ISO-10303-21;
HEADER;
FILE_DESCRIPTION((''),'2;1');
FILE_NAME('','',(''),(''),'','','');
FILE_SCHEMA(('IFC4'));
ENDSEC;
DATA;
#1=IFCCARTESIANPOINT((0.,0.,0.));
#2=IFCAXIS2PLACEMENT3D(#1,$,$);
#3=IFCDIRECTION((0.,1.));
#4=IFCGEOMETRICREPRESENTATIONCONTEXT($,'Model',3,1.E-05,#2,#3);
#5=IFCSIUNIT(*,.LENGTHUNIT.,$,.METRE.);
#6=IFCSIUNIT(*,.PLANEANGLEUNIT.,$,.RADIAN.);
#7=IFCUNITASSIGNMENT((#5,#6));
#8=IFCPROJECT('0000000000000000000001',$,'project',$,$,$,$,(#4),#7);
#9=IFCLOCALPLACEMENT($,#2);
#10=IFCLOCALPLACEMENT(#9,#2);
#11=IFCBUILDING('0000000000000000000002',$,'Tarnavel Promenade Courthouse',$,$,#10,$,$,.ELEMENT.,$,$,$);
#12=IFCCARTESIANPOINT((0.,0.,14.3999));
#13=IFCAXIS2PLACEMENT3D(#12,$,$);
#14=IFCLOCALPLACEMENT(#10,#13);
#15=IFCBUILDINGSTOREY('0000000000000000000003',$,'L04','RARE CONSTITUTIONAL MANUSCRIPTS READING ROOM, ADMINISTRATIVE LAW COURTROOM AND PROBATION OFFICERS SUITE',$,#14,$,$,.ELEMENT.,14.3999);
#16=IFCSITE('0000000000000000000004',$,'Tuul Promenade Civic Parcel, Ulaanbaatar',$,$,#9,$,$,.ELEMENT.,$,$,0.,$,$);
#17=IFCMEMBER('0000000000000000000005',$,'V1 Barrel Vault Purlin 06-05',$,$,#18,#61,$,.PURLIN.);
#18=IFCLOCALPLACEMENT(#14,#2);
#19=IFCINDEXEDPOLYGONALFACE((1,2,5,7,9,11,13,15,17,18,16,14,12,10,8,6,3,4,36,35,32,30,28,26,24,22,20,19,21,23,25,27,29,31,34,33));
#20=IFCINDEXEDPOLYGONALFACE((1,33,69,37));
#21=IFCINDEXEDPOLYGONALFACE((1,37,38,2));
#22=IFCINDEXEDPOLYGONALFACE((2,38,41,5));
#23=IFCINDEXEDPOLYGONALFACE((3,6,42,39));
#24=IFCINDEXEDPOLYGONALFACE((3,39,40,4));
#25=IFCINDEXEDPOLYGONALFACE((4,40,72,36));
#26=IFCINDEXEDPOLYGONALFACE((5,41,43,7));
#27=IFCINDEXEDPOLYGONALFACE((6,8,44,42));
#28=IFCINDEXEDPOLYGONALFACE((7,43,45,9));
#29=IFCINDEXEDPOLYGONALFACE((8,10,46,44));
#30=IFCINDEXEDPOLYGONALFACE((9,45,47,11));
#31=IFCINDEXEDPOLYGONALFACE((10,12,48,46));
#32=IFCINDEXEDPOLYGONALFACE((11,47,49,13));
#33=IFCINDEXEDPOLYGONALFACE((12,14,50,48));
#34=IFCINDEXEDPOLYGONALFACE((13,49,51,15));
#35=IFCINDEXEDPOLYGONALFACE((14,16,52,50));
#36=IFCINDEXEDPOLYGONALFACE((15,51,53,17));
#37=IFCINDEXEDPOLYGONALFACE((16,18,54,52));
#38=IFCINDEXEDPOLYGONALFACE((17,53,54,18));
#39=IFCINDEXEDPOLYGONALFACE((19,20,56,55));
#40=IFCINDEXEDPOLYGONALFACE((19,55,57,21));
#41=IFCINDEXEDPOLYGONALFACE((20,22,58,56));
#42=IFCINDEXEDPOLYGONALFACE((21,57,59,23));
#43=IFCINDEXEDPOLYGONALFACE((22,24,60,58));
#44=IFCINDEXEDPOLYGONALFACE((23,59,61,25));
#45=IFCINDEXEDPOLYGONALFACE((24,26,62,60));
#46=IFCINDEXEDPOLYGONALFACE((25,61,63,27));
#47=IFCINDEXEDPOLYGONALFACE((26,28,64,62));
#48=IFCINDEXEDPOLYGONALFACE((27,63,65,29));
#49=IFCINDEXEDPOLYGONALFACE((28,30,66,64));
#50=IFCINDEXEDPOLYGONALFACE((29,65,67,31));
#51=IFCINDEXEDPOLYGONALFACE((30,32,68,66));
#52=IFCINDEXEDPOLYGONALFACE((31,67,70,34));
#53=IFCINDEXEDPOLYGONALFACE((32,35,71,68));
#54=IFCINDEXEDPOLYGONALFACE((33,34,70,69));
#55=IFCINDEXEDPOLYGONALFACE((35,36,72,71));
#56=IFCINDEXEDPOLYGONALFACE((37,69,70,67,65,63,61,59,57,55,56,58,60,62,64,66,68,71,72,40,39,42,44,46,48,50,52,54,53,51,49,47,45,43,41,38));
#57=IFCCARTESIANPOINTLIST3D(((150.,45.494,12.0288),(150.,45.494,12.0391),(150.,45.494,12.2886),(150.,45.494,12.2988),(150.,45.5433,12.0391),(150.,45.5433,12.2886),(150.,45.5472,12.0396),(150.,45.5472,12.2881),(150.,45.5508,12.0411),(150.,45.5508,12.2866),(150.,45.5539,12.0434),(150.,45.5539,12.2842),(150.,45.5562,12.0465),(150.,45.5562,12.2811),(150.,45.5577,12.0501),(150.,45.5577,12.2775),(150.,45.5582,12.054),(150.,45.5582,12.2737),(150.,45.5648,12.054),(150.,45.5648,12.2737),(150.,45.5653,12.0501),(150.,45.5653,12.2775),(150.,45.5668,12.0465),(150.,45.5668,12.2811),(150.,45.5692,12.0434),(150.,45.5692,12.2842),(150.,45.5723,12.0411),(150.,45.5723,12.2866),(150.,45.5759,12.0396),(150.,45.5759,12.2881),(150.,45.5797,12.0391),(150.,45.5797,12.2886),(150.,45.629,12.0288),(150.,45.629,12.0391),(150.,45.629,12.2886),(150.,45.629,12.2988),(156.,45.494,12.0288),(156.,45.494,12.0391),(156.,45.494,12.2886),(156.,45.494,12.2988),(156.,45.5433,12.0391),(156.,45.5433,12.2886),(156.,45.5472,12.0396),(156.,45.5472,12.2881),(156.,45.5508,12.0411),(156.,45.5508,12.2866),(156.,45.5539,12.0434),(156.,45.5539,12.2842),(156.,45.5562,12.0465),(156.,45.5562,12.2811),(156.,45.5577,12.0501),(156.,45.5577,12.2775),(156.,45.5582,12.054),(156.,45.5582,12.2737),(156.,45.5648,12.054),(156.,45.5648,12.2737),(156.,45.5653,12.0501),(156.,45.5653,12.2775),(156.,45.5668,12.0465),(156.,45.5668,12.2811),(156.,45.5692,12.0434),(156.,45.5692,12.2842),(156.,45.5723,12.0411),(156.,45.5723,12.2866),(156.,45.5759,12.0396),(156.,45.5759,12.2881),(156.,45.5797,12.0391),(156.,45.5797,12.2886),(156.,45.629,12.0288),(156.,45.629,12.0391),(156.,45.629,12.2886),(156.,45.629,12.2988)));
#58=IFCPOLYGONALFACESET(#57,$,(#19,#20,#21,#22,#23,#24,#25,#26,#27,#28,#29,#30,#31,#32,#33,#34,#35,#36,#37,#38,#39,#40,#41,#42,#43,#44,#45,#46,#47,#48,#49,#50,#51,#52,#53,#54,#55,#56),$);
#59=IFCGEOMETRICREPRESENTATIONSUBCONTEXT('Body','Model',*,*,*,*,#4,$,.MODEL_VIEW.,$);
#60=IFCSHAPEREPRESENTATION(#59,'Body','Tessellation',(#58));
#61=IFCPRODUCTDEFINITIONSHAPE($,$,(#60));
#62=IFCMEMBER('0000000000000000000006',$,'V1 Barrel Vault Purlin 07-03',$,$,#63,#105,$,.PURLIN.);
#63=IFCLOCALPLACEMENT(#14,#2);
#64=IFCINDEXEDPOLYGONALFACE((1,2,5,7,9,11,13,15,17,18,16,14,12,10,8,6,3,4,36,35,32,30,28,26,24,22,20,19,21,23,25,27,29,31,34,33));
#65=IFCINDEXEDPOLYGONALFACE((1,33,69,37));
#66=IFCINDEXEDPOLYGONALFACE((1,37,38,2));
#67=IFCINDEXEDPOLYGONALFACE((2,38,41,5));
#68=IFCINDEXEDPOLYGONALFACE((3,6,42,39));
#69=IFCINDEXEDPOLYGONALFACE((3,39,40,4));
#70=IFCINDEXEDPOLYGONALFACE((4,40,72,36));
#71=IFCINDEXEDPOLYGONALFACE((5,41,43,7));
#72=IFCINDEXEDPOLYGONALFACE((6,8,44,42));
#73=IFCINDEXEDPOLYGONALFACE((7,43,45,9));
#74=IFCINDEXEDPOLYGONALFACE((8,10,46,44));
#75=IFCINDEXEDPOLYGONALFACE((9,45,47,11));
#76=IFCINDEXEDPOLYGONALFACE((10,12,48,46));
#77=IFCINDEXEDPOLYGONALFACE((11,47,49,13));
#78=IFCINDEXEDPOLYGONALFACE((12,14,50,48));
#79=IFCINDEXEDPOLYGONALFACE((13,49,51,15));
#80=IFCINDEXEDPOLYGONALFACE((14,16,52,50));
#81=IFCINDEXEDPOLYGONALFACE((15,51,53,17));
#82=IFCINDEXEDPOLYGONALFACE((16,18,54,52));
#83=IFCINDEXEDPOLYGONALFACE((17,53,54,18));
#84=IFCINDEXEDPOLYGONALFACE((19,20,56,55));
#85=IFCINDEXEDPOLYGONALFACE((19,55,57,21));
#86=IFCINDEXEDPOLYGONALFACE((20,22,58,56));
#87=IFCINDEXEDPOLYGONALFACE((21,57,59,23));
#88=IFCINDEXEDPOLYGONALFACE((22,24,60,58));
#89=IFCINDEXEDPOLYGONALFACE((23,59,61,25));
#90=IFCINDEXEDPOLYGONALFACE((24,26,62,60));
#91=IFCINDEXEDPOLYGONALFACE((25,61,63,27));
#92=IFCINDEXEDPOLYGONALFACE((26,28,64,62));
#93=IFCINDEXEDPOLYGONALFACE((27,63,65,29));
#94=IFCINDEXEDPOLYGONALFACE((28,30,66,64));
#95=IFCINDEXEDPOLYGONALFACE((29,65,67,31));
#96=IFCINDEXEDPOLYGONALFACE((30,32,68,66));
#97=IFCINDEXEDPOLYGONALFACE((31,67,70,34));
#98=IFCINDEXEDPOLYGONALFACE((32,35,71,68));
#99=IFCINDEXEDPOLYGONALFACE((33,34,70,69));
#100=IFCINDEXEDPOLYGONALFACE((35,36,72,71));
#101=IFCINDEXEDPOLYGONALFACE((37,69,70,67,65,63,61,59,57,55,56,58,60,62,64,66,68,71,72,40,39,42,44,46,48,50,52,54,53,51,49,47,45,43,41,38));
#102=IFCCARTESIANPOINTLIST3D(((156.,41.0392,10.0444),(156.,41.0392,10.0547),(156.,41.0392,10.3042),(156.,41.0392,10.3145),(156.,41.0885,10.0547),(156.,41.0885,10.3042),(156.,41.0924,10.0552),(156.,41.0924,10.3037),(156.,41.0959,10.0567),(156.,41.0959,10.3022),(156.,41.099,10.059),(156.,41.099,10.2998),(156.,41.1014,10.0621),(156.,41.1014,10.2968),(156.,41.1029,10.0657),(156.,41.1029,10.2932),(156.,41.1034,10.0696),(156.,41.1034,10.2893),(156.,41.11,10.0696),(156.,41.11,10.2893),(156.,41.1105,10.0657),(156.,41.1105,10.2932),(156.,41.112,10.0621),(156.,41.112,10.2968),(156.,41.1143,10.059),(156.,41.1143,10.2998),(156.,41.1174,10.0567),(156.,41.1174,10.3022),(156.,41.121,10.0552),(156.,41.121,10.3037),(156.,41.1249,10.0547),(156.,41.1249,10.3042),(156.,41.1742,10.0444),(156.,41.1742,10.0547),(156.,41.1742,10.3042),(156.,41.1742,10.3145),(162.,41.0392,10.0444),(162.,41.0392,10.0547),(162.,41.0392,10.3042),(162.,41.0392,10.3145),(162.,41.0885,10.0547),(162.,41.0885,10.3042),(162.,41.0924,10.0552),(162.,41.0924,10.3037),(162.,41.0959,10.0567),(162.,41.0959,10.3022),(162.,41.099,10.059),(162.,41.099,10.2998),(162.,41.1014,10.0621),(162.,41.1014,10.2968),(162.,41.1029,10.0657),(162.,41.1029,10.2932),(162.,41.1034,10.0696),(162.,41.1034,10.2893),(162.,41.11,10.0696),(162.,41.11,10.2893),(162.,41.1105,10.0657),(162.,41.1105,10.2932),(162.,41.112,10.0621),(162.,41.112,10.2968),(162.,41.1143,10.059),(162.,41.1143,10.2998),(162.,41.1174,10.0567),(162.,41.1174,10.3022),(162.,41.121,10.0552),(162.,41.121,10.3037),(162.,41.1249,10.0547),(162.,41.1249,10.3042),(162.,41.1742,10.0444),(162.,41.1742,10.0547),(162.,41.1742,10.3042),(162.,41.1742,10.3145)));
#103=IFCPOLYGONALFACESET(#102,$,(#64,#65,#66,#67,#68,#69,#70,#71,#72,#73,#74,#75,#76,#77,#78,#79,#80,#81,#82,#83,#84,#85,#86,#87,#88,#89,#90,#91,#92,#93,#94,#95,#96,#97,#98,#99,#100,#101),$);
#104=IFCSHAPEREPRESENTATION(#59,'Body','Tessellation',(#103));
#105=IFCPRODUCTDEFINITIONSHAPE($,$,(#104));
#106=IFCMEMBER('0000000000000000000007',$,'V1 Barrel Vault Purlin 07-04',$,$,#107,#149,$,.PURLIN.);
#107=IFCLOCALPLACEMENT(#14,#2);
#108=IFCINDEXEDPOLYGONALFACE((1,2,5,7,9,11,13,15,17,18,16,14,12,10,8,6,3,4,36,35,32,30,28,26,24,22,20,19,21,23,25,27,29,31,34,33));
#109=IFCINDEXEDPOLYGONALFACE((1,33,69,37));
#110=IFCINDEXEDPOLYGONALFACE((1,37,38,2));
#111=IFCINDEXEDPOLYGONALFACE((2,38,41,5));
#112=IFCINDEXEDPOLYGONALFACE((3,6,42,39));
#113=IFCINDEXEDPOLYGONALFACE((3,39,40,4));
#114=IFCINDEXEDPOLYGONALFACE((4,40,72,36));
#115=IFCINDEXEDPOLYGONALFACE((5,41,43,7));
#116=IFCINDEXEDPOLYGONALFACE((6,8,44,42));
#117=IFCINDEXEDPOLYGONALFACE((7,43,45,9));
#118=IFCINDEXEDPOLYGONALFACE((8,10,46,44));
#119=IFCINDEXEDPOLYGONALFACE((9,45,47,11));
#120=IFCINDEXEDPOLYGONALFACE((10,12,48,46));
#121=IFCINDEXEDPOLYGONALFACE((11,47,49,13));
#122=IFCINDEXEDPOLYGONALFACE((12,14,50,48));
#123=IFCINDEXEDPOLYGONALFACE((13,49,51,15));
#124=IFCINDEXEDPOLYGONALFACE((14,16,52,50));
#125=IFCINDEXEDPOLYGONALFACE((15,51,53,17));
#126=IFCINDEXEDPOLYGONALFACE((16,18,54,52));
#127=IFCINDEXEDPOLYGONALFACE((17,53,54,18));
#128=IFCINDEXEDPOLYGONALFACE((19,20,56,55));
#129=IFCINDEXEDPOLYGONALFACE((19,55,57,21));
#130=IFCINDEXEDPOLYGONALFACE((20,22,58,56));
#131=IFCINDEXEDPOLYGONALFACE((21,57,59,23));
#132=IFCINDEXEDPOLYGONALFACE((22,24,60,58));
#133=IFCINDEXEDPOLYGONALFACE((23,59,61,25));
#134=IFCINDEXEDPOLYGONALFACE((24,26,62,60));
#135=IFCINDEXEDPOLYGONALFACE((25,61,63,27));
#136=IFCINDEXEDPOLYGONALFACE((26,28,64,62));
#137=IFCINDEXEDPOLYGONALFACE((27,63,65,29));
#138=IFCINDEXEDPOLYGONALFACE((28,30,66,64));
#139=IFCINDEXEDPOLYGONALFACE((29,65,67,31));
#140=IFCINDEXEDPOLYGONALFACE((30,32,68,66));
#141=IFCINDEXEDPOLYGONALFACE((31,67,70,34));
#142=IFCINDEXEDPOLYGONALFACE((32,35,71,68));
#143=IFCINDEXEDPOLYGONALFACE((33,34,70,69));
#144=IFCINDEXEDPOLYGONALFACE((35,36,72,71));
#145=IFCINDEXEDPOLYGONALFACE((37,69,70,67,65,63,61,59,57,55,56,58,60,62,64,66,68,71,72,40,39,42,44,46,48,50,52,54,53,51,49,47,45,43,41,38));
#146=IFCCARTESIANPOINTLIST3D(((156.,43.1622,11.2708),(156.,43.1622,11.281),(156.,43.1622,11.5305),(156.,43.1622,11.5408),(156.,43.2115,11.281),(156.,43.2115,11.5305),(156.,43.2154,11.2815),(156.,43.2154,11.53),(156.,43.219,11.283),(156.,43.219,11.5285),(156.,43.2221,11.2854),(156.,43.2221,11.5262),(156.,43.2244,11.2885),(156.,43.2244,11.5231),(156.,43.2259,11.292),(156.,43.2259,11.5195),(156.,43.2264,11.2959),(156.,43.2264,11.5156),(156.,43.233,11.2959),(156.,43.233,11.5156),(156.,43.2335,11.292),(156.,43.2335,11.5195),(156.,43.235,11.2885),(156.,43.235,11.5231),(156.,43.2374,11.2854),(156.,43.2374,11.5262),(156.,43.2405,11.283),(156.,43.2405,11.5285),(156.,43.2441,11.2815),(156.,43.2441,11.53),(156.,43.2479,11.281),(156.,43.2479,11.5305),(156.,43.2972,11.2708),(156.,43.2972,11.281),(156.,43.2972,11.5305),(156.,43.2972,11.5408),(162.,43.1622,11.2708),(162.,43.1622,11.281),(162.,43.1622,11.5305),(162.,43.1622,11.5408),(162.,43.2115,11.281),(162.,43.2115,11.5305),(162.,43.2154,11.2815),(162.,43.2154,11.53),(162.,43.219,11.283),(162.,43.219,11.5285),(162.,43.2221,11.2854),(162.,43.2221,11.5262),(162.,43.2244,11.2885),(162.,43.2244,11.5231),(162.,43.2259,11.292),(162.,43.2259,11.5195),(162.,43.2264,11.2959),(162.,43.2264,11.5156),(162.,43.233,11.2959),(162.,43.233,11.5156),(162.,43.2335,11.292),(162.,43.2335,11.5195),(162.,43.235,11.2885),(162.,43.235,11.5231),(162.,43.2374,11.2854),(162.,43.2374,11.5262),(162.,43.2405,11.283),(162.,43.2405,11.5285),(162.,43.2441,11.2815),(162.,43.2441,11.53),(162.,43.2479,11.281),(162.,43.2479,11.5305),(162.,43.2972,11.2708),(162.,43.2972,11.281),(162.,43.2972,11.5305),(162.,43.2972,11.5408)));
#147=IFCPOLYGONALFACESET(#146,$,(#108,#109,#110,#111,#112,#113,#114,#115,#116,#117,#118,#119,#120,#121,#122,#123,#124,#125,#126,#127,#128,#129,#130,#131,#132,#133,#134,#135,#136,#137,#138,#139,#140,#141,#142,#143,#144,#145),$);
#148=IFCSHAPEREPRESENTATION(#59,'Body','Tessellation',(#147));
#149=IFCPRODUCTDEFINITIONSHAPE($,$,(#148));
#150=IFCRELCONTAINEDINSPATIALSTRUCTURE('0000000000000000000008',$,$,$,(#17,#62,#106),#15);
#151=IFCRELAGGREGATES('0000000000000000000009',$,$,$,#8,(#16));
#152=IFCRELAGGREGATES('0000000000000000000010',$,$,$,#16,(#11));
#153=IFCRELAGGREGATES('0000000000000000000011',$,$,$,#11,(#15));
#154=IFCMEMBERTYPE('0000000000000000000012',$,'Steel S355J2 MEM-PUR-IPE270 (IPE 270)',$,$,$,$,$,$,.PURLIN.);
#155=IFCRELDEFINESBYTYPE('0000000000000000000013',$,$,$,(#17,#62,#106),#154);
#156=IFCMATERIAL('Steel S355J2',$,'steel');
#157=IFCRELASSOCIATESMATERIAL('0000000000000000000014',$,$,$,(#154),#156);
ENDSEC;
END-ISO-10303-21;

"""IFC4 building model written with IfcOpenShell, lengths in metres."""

from ifc_helpers import new_model, si_unit, direction, frame, origin, origin_2d, place, context, subcontext, project, spatial, i_section, extrude, material, material_profile, profile_set, type_object, element, save


model = new_model("IFC4")

# Units and contexts
model_context = context("Model", 3, precision=1e-05, world=origin(), true_north=direction((0.0, 1.0)))
body_context = subcontext(model_context, "Body", "Model", "MODEL_VIEW")
ifc_project = project(units=[si_unit("LENGTHUNIT", "METRE"), si_unit("PLANEANGLEUNIT", "RADIAN")], contexts=[model_context])

# Site, building, storey
site_placement = place(None, origin())
site = spatial("IfcSite", under=ifc_project, at=site_placement, Name="Tuul Promenade Civic Parcel, Ulaanbaatar", CompositionType="ELEMENT", RefElevation=0.0)
building_placement = place(site_placement, origin())
building = spatial("IfcBuilding", under=site, at=building_placement, Name="Tarnavel Promenade Courthouse", CompositionType="ELEMENT")
storey_placement = place(building_placement, frame((0.0, 0.0, 14.3999)))
storey = spatial("IfcBuildingStorey", under=building, at=storey_placement, Name="L04", Description="RARE CONSTITUTIONAL MANUSCRIPTS READING ROOM, ADMINISTRATIVE LAW COURTROOM AND PROBATION OFFICERS SUITE", CompositionType="ELEMENT", Elevation=14.3999)

# Shared definitions
ifc_material_1 = material(Name="Steel S355J2", Category="steel")

# Members
ifc_material_profile_1 = material_profile(ifc_material_1, i_section(OverallWidth=0.135, OverallDepth=0.27, WebThickness=0.0066, FlangeThickness=0.0103, FilletRadius=0.0149, at=origin_2d()), Name="IPE 270")
ifc_profile_set_1 = profile_set([ifc_material_profile_1], Name="Steel S355J2")
member_type_1 = type_object("IfcMemberType", Name="Steel S355J2 MEM-PUR-IPE270 (IPE 270)", PredefinedType="PURLIN", material=ifc_profile_set_1)
for number, where, z_axis, x_axis, name in (
    (1, (150.0, 45.5615, 12.1638), (1.0, 0.0, 0.0), (0.0, 1.0, 0.0), "V1 Barrel Vault Purlin 06-05"),
    (2, (156.0, 41.1067, 10.1794), (1.0, 0.0, 0.0), (0.0, 1.0, 0.0), "V1 Barrel Vault Purlin 07-03"),
    (3, (156.0, 43.2297, 11.4058), (1.0, 0.0, 0.0), (0.0, 1.0, 0.0), "V1 Barrel Vault Purlin 07-04"),
):
    element("IfcMember", number, at=place(storey_placement, frame(where, z_axis=z_axis, x_axis=x_axis)), inside=storey, type_object=member_type_1, Name=name, PredefinedType="PURLIN", context=body_context, shape_type="SweptSolid", body=[
        extrude(i_section(OverallWidth=0.135, OverallDepth=0.27, WebThickness=0.0066, FlangeThickness=0.0103, FilletRadius=0.0149, at=origin_2d()), origin(), (0.0, 0.0, 1.0), 6.0),
    ])

save(model, "model.ifc")
